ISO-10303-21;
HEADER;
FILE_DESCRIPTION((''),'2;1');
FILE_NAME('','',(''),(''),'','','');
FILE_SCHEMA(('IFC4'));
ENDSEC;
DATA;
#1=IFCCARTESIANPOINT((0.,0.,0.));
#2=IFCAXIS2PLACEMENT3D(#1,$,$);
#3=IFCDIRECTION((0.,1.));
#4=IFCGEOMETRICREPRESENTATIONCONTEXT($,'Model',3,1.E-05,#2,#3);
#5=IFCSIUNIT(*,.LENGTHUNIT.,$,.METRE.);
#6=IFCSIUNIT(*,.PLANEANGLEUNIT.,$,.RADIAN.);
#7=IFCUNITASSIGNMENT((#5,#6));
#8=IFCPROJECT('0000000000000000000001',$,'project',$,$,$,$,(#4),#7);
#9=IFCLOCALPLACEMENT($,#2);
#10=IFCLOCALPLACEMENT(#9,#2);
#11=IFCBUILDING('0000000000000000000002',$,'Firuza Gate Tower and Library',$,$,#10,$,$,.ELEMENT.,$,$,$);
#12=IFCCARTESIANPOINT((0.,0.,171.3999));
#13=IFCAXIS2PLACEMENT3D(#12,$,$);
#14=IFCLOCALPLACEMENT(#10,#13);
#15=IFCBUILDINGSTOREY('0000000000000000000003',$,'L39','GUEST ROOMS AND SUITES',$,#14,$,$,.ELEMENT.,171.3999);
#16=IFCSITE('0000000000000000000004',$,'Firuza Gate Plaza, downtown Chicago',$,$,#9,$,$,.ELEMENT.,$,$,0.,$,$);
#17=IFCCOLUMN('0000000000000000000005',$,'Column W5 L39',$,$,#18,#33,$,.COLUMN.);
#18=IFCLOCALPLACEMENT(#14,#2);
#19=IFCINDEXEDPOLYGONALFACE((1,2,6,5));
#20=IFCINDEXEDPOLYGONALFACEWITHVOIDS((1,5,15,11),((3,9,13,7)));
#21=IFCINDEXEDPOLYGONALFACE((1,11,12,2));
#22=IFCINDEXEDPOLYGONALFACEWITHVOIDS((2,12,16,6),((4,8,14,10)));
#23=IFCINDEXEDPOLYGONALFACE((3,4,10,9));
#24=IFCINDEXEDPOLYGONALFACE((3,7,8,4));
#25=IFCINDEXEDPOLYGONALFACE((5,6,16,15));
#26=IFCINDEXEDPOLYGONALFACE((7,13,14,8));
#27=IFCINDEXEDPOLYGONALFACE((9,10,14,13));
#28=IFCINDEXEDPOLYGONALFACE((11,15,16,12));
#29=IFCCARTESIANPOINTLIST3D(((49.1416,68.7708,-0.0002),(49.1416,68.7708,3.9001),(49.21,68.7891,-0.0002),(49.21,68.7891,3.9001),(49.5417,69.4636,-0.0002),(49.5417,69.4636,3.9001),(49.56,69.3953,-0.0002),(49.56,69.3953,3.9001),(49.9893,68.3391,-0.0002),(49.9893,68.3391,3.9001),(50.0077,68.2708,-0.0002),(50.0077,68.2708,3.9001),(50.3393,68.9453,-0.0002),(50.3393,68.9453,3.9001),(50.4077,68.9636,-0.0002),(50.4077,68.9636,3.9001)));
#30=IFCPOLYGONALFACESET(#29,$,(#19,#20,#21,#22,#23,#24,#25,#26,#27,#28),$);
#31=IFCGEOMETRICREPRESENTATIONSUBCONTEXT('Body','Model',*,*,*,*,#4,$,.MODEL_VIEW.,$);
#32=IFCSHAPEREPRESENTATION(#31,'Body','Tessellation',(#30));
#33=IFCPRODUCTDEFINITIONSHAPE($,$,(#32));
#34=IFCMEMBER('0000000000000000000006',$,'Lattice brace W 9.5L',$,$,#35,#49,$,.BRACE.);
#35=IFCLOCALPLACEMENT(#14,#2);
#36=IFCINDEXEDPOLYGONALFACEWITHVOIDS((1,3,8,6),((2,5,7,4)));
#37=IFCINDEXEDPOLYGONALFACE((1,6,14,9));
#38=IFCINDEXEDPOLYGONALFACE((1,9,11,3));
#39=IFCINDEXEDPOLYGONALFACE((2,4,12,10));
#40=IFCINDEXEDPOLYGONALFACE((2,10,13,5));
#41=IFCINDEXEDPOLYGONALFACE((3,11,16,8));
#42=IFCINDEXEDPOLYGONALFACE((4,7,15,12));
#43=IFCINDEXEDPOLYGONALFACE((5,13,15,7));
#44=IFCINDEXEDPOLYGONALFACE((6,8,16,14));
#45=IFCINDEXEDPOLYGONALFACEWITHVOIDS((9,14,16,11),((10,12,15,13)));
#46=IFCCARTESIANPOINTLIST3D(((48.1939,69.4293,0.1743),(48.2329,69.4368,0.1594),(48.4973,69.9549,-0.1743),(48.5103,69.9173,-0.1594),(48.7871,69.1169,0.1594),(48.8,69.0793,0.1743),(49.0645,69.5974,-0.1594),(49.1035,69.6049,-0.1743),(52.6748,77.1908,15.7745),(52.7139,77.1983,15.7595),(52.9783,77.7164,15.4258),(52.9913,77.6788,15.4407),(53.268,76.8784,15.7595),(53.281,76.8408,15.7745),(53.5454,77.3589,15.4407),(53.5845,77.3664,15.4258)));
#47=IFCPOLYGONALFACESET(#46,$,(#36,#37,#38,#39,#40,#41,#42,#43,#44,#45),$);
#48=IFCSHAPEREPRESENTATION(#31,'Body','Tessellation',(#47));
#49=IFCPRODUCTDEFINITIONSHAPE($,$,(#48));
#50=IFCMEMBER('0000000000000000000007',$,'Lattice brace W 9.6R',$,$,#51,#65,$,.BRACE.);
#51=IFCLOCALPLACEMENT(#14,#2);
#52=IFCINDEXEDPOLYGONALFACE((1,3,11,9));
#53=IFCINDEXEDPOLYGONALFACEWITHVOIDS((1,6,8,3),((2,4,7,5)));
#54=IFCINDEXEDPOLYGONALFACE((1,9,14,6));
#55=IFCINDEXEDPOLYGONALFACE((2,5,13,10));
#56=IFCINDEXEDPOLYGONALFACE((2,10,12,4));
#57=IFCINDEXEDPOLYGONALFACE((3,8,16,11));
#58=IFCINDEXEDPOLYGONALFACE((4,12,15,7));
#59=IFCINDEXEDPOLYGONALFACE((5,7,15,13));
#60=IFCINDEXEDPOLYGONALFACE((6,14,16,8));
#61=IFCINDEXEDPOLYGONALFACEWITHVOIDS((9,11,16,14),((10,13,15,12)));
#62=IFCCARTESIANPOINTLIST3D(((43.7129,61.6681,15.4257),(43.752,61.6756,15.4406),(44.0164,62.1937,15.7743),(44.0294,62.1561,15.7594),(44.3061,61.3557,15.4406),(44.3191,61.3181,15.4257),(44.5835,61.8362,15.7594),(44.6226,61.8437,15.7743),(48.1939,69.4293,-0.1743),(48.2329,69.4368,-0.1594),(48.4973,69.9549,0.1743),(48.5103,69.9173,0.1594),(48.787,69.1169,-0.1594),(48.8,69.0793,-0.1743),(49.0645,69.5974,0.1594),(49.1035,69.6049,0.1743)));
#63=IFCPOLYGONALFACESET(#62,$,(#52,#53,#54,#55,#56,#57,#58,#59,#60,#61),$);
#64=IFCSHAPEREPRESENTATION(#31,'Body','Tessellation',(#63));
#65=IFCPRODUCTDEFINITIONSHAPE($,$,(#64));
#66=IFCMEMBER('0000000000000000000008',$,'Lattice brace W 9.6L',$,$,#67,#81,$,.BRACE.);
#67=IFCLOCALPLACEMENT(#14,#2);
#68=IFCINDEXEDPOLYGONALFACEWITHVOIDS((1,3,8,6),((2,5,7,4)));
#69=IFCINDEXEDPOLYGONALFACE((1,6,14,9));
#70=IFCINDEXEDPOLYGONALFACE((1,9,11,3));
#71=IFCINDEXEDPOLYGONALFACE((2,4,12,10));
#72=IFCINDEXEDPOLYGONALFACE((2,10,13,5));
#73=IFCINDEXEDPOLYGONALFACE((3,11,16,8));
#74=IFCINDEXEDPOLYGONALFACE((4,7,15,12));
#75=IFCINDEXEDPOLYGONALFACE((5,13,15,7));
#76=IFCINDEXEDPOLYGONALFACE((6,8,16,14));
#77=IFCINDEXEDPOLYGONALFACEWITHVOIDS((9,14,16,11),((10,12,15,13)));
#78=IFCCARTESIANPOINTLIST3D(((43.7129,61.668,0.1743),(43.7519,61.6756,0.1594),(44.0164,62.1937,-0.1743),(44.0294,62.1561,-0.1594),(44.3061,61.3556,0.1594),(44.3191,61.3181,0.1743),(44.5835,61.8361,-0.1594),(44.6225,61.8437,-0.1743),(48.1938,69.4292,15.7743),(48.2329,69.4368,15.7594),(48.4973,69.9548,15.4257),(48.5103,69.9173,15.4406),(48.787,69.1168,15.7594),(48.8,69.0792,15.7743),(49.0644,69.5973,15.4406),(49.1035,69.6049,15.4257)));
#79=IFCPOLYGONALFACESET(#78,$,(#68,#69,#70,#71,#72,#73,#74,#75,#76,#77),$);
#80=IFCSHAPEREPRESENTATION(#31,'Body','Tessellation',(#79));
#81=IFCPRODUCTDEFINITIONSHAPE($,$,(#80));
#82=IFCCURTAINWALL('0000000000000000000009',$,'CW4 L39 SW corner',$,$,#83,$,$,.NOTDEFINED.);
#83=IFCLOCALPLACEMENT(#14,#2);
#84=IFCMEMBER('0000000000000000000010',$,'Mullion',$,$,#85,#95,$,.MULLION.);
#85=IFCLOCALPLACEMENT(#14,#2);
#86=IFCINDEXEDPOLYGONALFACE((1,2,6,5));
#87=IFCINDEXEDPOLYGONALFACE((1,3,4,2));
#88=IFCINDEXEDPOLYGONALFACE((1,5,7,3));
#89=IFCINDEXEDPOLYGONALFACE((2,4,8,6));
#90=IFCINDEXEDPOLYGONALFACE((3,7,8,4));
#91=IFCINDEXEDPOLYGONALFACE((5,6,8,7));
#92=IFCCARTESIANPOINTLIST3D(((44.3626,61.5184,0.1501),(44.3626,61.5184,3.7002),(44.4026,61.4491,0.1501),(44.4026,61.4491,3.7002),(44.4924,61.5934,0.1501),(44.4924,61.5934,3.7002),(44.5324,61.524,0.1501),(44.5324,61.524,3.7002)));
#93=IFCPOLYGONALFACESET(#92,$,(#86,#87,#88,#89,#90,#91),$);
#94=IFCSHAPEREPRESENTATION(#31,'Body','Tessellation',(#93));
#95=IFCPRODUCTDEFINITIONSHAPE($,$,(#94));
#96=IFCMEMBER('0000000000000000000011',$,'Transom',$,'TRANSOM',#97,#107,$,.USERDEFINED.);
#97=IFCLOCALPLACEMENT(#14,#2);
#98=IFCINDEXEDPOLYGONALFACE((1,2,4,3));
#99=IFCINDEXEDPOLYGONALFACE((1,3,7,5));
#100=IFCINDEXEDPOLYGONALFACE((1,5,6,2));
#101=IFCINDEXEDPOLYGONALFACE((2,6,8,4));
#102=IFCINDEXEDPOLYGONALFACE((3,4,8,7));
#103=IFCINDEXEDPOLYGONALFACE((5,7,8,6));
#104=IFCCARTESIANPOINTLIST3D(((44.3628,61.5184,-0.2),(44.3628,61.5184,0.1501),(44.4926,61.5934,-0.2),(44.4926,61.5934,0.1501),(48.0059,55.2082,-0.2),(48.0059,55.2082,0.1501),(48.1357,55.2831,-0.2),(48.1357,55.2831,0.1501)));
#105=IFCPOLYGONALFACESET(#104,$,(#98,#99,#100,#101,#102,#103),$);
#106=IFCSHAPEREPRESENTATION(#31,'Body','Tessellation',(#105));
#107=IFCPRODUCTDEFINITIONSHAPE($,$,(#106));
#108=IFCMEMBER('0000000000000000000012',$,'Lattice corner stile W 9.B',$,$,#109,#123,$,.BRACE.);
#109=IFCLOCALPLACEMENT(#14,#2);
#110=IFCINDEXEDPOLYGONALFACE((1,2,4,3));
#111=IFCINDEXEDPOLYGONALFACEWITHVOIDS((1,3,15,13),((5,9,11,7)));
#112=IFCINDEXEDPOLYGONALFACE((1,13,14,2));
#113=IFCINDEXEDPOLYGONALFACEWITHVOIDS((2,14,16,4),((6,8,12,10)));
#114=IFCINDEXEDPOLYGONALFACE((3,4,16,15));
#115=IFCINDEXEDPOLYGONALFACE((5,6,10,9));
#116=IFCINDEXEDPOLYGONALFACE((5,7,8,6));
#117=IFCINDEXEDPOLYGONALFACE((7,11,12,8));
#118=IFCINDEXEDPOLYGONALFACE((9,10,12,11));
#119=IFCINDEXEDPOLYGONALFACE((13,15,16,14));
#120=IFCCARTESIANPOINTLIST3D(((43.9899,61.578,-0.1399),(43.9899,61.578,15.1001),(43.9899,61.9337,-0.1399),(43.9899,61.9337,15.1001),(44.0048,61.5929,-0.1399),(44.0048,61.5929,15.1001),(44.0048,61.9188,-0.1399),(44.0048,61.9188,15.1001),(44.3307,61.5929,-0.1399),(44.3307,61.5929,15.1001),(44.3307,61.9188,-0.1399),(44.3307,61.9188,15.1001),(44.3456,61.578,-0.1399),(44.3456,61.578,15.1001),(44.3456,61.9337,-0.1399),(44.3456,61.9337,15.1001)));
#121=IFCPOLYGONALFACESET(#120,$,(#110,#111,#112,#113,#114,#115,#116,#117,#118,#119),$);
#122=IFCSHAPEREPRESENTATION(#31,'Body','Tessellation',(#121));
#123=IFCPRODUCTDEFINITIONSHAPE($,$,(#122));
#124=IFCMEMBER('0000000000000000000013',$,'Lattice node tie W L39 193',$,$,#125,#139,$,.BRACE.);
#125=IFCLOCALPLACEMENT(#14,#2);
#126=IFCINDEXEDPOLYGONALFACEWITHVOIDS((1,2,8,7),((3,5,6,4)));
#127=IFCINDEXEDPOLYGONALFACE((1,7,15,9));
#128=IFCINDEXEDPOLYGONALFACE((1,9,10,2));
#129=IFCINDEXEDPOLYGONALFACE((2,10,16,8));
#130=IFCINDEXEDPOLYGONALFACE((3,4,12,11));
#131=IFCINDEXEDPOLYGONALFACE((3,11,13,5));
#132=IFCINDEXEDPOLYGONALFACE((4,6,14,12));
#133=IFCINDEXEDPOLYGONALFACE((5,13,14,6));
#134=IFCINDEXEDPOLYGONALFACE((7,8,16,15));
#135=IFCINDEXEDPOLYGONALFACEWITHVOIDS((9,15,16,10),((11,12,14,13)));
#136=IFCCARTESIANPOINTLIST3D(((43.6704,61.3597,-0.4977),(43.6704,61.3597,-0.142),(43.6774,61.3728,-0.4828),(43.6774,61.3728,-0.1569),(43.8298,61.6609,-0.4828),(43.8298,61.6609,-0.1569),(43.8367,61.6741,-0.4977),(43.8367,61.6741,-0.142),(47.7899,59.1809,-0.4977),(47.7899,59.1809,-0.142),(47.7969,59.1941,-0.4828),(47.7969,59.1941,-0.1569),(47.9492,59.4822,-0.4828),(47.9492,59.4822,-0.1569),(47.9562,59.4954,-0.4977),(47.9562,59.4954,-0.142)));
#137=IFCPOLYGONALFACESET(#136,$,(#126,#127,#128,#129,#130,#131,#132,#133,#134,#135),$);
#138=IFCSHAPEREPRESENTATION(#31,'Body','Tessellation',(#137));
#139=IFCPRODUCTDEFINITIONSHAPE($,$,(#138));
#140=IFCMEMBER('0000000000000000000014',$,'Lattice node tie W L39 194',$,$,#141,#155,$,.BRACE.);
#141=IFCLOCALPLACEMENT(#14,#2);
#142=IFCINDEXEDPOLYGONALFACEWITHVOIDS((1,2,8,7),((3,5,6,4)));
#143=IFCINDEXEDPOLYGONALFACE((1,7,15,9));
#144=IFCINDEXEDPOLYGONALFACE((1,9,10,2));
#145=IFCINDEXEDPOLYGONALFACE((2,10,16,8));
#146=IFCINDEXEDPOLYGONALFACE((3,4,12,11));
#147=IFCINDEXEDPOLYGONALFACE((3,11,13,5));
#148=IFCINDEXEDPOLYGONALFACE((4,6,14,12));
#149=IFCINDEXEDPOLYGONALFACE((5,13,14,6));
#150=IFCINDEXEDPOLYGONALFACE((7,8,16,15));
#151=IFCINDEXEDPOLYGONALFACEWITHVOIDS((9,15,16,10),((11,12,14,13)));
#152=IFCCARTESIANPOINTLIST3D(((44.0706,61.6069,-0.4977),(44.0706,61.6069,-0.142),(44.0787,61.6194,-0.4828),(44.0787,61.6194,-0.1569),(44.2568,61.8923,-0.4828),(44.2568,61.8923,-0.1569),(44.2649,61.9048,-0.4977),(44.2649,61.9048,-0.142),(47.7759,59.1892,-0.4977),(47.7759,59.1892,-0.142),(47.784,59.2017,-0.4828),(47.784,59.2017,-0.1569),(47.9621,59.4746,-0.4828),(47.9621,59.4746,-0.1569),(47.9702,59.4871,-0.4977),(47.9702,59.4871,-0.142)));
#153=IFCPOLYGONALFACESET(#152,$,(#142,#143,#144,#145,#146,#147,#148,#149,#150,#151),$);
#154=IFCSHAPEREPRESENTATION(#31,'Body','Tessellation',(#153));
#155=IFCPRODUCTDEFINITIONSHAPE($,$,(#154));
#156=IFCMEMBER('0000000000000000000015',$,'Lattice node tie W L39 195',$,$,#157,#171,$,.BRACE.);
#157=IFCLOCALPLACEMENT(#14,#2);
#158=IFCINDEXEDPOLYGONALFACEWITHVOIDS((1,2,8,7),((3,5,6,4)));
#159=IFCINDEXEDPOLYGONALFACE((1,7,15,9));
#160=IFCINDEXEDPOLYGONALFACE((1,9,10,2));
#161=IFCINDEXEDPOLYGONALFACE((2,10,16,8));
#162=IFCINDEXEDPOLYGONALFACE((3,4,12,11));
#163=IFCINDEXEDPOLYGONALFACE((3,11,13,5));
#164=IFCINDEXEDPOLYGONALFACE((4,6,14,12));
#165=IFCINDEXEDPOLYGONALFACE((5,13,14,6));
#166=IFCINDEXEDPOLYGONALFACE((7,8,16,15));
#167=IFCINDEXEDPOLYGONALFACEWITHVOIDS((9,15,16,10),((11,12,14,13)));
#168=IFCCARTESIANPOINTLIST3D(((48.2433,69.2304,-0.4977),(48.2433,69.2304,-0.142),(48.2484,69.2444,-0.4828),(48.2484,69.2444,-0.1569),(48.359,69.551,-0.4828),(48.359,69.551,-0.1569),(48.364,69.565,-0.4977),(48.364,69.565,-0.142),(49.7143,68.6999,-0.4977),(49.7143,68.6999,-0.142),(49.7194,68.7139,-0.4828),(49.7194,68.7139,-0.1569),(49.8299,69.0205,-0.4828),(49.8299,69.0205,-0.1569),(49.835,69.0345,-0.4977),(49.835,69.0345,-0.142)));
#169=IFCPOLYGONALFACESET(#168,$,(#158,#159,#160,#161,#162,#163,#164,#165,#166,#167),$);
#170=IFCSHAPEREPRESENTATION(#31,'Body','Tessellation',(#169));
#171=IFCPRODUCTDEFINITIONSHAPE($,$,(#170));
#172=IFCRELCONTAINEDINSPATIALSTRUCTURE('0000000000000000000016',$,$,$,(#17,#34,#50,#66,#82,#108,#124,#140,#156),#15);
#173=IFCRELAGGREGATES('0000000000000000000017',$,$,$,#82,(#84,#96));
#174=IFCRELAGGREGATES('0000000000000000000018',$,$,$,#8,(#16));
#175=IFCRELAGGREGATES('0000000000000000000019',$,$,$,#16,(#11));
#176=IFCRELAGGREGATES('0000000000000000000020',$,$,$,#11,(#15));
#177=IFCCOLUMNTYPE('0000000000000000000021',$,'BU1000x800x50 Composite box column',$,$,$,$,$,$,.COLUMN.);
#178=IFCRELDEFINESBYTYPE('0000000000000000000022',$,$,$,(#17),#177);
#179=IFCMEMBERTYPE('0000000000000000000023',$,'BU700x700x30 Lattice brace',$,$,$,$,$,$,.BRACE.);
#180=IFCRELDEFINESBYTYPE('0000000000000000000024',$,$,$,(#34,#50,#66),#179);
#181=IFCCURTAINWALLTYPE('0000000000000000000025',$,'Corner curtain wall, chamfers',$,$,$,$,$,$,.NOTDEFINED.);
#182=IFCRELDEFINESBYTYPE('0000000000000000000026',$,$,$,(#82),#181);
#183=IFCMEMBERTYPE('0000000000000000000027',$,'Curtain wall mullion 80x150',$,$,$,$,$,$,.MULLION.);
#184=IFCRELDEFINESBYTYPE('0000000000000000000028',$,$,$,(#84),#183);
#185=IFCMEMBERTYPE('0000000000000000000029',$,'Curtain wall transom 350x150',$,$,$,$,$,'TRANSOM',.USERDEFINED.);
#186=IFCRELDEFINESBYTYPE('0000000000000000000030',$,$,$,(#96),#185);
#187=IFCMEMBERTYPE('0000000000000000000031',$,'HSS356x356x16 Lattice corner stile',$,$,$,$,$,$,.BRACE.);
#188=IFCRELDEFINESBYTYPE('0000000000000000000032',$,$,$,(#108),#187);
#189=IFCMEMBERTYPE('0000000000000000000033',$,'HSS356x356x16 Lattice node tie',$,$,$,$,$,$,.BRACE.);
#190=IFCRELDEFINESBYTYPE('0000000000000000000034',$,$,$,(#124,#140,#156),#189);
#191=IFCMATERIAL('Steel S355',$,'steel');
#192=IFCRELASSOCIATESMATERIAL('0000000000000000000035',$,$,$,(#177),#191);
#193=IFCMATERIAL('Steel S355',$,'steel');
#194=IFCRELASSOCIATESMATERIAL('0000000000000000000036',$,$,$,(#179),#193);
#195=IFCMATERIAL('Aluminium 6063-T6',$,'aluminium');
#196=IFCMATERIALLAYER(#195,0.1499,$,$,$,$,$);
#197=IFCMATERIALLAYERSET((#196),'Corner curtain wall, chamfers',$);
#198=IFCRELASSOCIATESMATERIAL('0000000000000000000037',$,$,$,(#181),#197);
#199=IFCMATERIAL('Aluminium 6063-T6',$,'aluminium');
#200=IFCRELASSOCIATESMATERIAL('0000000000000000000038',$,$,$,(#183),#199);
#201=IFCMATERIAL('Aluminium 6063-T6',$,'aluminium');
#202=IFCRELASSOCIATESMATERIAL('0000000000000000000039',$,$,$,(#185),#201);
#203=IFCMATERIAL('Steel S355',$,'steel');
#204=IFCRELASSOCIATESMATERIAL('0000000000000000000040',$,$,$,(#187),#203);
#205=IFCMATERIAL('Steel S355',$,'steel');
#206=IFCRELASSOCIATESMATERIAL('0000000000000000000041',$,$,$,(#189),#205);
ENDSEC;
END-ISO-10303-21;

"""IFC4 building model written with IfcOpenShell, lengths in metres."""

from ifc_helpers import new_model, si_unit, direction, frame, origin, origin_2d, place, context, subcontext, project, spatial, rectangle, hollow_rectangle, extrude, material, layer, layer_set, material_profile, profile_set, type_object, element, aggregate, save


model = new_model("IFC4")

# Units and contexts
model_context = context("Model", 3, precision=1e-05, world=origin(), true_north=direction((0.0, 1.0)))
body_context = subcontext(model_context, "Body", "Model", "MODEL_VIEW")
ifc_project = project(units=[si_unit("LENGTHUNIT", "METRE"), si_unit("PLANEANGLEUNIT", "RADIAN")], contexts=[model_context])

# Site, building, storey
site_placement = place(None, origin())
site = spatial("IfcSite", under=ifc_project, at=site_placement, Name="Firuza Gate Plaza, downtown Chicago", CompositionType="ELEMENT", RefElevation=0.0)
building_placement = place(site_placement, origin())
building = spatial("IfcBuilding", under=site, at=building_placement, Name="Firuza Gate Tower and Library", CompositionType="ELEMENT")
storey_placement = place(building_placement, frame((0.0, 0.0, 171.3999)))
storey = spatial("IfcBuildingStorey", under=building, at=storey_placement, Name="L39", Description="GUEST ROOMS AND SUITES", CompositionType="ELEMENT", Elevation=171.3999)

# Column
ifc_material_1 = material(Name="Steel S355", Category="steel")
ifc_material_profile_1 = material_profile(ifc_material_1, hollow_rectangle(XDim=0.8, YDim=1.0, WallThickness=0.05, at=origin_2d()))
ifc_profile_set_1 = profile_set([ifc_material_profile_1], Name="Steel S355")
column_type = type_object("IfcColumnType", Name="BU1000x800x50 Composite box column", PredefinedType="COLUMN", material=ifc_profile_set_1)
column_placement = place(storey_placement, frame((49.7747, 68.8672, -0.0002), z_axis=(0.0, 0.0, 1.0), x_axis=(-0.5, -0.866025, 0.0)))
element("IfcColumn", 1, at=column_placement, inside=storey, type_object=column_type, Name="Column W5 L39", PredefinedType="COLUMN", context=body_context, shape_type="SweptSolid", body=[
    extrude(hollow_rectangle(XDim=0.8, YDim=1.0, WallThickness=0.05, at=origin_2d()), origin(), (0.0, 0.0, 1.0), 3.9004),
])

# Members
ifc_material_2 = material(Name="Steel S355", Category="steel")
ifc_material_profile_2 = material_profile(ifc_material_2, hollow_rectangle(XDim=0.7, YDim=0.7, WallThickness=0.03, at=origin_2d()))
ifc_profile_set_2 = profile_set([ifc_material_profile_2], Name="Steel S355")
member_type_1 = type_object("IfcMemberType", Name="BU700x700x30 Lattice brace", PredefinedType="BRACE", material=ifc_profile_set_2)
member_1_placement = place(storey_placement, frame((48.6487, 69.5171, 0.0), z_axis=(0.249064, 0.431404, 0.867097), x_axis=(-0.866032, 0.499989, 0.0)))
element("IfcMember", 2, at=member_1_placement, inside=storey, type_object=member_type_1, Name="Lattice brace W 9.5L", PredefinedType="BRACE", context=body_context, shape_type="SweptSolid", body=[
    extrude(hollow_rectangle(XDim=0.7, YDim=0.7, WallThickness=0.03, at=origin_2d()), origin(), (0.0, 0.0, 1.0), 17.9912),
])
for number, where, z_axis, x_axis, name in (
    (3, (48.6487, 69.5171, 0.0), (-0.249066, -0.431393, 0.867102), (0.866025, -0.500001, 0.0), "Lattice brace W 9.6R"),
    (4, (44.1677, 61.7559, 0.0), (0.249066, 0.431393, 0.867102), (-0.866025, 0.500001, 0.0), "Lattice brace W 9.6L"),
):
    element("IfcMember", number, at=place(storey_placement, frame(where, z_axis=z_axis, x_axis=x_axis)), inside=storey, type_object=member_type_1, Name=name, PredefinedType="BRACE", context=body_context, shape_type="SweptSolid", body=[
        extrude(hollow_rectangle(XDim=0.7, YDim=0.7, WallThickness=0.03, at=origin_2d()), origin(), (0.0, 0.0, 1.0), 17.991),
    ])

# Curtain wall, members
ifc_material_3 = material(Name="Aluminium 6063-T6", Category="aluminium")
ifc_layer_1 = layer(ifc_material_3, 0.1499)
ifc_layer_set_1 = layer_set([ifc_layer_1], Name="Corner curtain wall, chamfers")
curtain_wall_type = type_object("IfcCurtainWallType", Name="Corner curtain wall, chamfers", PredefinedType="NOTDEFINED", material=ifc_layer_set_1)
curtain_wall_placement = place(storey_placement, origin())
curtain_wall = element("IfcCurtainWall", 5, at=curtain_wall_placement, inside=storey, type_object=curtain_wall_type, Name="CW4 L39 SW corner", PredefinedType="NOTDEFINED")
ifc_material_4 = material(Name="Aluminium 6063-T6", Category="aluminium")
ifc_material_profile_3 = material_profile(ifc_material_4, rectangle(XDim=0.1499, YDim=0.0801, at=origin_2d()))
ifc_profile_set_3 = profile_set([ifc_material_profile_3], Name="Aluminium 6063-T6")
member_type_2 = type_object("IfcMemberType", Name="Curtain wall mullion 80x150", PredefinedType="MULLION", material=ifc_profile_set_3)
member_2_placement = place(storey_placement, frame((44.4475, 61.5212, 0.1501), z_axis=(0.0, 0.0, 1.0), x_axis=(0.866025, 0.5, 0.0)))
member_2 = element("IfcMember", 6, at=member_2_placement, type_object=member_type_2, Name="Mullion", PredefinedType="MULLION", context=body_context, shape_type="SweptSolid", body=[
    extrude(rectangle(XDim=0.1499, YDim=0.0801, at=origin_2d()), origin(), (0.0, 0.0, 1.0), 3.55),
])
ifc_material_5 = material(Name="Aluminium 6063-T6", Category="aluminium")
ifc_material_profile_4 = material_profile(ifc_material_5, rectangle(XDim=0.1499, YDim=0.3501, at=origin_2d()))
ifc_profile_set_4 = profile_set([ifc_material_profile_4], Name="Aluminium 6063-T6")
member_type_3 = type_object("IfcMemberType", Name="Curtain wall transom 350x150", ElementType="TRANSOM", PredefinedType="USERDEFINED", material=ifc_profile_set_4)
member_3_placement = place(storey_placement, frame((44.4277, 61.5559, -0.0249), z_axis=(0.499981, -0.866037, 0.0), x_axis=(0.866037, 0.499981, 0.0)))
member_3 = element("IfcMember", 7, at=member_3_placement, type_object=member_type_3, Name="Transom", ObjectType="TRANSOM", PredefinedType="USERDEFINED", context=body_context, shape_type="SweptSolid", body=[
    extrude(rectangle(XDim=0.1499, YDim=0.3501, at=origin_2d()), origin(), (0.0, 0.0, 1.0), 7.2864),
])

# Members
ifc_material_6 = material(Name="Steel S355", Category="steel")
ifc_material_profile_5 = material_profile(ifc_material_6, hollow_rectangle(XDim=0.3557, YDim=0.3557, WallThickness=0.0149, at=origin_2d()))
ifc_profile_set_5 = profile_set([ifc_material_profile_5], Name="Steel S355")
member_type_4 = type_object("IfcMemberType", Name="HSS356x356x16 Lattice corner stile", PredefinedType="BRACE", material=ifc_profile_set_5)
member_4_placement = place(storey_placement, frame((44.1677, 61.7559, -0.1399), z_axis=(0.0, 0.0, 1.0), x_axis=(1.0, 0.0, 0.0)))
element("IfcMember", 8, at=member_4_placement, inside=storey, type_object=member_type_4, Name="Lattice corner stile W 9.B", PredefinedType="BRACE", context=body_context, shape_type="SweptSolid", body=[
    extrude(hollow_rectangle(XDim=0.3557, YDim=0.3557, WallThickness=0.0149, at=origin_2d()), origin(), (0.0, 0.0, 1.0), 15.24),
])
ifc_material_7 = material(Name="Steel S355", Category="steel")
ifc_material_profile_6 = material_profile(ifc_material_7, hollow_rectangle(XDim=0.3557, YDim=0.3557, WallThickness=0.0149, at=origin_2d()))
ifc_profile_set_6 = profile_set([ifc_material_profile_6], Name="Steel S355")
member_type_5 = type_object("IfcMemberType", Name="HSS356x356x16 Lattice node tie", PredefinedType="BRACE", material=ifc_profile_set_6)
member_5_placement = place(storey_placement, frame((47.873, 59.3381, -0.3198), z_axis=(-0.883978, 0.467529, 0.0), x_axis=(-0.467529, -0.883978, 0.0)))
element("IfcMember", 9, at=member_5_placement, inside=storey, type_object=member_type_5, Name="Lattice node tie W L39 193", PredefinedType="BRACE", context=body_context, shape_type="SweptSolid", body=[
    extrude(hollow_rectangle(XDim=0.3557, YDim=0.3557, WallThickness=0.0149, at=origin_2d()), origin(), (0.0, 0.0, 1.0), 4.6602),
])
member_6_placement = place(storey_placement, frame((47.873, 59.3381, -0.3198), z_axis=(-0.837485, 0.54646, 0.0), x_axis=(-0.54646, -0.837485, 0.0)))
element("IfcMember", 10, at=member_6_placement, inside=storey, type_object=member_type_5, Name="Lattice node tie W L39 194", PredefinedType="BRACE", context=body_context, shape_type="SweptSolid", body=[
    extrude(hollow_rectangle(XDim=0.3557, YDim=0.3557, WallThickness=0.0149, at=origin_2d()), origin(), (0.0, 0.0, 1.0), 4.4243),
])
member_7_placement = place(storey_placement, frame((49.7747, 68.8672, -0.3198), z_axis=(-0.940688, 0.339272, 0.0), x_axis=(-0.339272, -0.940688, 0.0)))
element("IfcMember", 11, at=member_7_placement, inside=storey, type_object=member_type_5, Name="Lattice node tie W L39 195", PredefinedType="BRACE", context=body_context, shape_type="SweptSolid", body=[
    extrude(hollow_rectangle(XDim=0.3557, YDim=0.3557, WallThickness=0.0149, at=origin_2d()), origin(), (0.0, 0.0, 1.0), 1.5637),
])

aggregate(curtain_wall, [member_2, member_3])

save(model, "model.ifc")
